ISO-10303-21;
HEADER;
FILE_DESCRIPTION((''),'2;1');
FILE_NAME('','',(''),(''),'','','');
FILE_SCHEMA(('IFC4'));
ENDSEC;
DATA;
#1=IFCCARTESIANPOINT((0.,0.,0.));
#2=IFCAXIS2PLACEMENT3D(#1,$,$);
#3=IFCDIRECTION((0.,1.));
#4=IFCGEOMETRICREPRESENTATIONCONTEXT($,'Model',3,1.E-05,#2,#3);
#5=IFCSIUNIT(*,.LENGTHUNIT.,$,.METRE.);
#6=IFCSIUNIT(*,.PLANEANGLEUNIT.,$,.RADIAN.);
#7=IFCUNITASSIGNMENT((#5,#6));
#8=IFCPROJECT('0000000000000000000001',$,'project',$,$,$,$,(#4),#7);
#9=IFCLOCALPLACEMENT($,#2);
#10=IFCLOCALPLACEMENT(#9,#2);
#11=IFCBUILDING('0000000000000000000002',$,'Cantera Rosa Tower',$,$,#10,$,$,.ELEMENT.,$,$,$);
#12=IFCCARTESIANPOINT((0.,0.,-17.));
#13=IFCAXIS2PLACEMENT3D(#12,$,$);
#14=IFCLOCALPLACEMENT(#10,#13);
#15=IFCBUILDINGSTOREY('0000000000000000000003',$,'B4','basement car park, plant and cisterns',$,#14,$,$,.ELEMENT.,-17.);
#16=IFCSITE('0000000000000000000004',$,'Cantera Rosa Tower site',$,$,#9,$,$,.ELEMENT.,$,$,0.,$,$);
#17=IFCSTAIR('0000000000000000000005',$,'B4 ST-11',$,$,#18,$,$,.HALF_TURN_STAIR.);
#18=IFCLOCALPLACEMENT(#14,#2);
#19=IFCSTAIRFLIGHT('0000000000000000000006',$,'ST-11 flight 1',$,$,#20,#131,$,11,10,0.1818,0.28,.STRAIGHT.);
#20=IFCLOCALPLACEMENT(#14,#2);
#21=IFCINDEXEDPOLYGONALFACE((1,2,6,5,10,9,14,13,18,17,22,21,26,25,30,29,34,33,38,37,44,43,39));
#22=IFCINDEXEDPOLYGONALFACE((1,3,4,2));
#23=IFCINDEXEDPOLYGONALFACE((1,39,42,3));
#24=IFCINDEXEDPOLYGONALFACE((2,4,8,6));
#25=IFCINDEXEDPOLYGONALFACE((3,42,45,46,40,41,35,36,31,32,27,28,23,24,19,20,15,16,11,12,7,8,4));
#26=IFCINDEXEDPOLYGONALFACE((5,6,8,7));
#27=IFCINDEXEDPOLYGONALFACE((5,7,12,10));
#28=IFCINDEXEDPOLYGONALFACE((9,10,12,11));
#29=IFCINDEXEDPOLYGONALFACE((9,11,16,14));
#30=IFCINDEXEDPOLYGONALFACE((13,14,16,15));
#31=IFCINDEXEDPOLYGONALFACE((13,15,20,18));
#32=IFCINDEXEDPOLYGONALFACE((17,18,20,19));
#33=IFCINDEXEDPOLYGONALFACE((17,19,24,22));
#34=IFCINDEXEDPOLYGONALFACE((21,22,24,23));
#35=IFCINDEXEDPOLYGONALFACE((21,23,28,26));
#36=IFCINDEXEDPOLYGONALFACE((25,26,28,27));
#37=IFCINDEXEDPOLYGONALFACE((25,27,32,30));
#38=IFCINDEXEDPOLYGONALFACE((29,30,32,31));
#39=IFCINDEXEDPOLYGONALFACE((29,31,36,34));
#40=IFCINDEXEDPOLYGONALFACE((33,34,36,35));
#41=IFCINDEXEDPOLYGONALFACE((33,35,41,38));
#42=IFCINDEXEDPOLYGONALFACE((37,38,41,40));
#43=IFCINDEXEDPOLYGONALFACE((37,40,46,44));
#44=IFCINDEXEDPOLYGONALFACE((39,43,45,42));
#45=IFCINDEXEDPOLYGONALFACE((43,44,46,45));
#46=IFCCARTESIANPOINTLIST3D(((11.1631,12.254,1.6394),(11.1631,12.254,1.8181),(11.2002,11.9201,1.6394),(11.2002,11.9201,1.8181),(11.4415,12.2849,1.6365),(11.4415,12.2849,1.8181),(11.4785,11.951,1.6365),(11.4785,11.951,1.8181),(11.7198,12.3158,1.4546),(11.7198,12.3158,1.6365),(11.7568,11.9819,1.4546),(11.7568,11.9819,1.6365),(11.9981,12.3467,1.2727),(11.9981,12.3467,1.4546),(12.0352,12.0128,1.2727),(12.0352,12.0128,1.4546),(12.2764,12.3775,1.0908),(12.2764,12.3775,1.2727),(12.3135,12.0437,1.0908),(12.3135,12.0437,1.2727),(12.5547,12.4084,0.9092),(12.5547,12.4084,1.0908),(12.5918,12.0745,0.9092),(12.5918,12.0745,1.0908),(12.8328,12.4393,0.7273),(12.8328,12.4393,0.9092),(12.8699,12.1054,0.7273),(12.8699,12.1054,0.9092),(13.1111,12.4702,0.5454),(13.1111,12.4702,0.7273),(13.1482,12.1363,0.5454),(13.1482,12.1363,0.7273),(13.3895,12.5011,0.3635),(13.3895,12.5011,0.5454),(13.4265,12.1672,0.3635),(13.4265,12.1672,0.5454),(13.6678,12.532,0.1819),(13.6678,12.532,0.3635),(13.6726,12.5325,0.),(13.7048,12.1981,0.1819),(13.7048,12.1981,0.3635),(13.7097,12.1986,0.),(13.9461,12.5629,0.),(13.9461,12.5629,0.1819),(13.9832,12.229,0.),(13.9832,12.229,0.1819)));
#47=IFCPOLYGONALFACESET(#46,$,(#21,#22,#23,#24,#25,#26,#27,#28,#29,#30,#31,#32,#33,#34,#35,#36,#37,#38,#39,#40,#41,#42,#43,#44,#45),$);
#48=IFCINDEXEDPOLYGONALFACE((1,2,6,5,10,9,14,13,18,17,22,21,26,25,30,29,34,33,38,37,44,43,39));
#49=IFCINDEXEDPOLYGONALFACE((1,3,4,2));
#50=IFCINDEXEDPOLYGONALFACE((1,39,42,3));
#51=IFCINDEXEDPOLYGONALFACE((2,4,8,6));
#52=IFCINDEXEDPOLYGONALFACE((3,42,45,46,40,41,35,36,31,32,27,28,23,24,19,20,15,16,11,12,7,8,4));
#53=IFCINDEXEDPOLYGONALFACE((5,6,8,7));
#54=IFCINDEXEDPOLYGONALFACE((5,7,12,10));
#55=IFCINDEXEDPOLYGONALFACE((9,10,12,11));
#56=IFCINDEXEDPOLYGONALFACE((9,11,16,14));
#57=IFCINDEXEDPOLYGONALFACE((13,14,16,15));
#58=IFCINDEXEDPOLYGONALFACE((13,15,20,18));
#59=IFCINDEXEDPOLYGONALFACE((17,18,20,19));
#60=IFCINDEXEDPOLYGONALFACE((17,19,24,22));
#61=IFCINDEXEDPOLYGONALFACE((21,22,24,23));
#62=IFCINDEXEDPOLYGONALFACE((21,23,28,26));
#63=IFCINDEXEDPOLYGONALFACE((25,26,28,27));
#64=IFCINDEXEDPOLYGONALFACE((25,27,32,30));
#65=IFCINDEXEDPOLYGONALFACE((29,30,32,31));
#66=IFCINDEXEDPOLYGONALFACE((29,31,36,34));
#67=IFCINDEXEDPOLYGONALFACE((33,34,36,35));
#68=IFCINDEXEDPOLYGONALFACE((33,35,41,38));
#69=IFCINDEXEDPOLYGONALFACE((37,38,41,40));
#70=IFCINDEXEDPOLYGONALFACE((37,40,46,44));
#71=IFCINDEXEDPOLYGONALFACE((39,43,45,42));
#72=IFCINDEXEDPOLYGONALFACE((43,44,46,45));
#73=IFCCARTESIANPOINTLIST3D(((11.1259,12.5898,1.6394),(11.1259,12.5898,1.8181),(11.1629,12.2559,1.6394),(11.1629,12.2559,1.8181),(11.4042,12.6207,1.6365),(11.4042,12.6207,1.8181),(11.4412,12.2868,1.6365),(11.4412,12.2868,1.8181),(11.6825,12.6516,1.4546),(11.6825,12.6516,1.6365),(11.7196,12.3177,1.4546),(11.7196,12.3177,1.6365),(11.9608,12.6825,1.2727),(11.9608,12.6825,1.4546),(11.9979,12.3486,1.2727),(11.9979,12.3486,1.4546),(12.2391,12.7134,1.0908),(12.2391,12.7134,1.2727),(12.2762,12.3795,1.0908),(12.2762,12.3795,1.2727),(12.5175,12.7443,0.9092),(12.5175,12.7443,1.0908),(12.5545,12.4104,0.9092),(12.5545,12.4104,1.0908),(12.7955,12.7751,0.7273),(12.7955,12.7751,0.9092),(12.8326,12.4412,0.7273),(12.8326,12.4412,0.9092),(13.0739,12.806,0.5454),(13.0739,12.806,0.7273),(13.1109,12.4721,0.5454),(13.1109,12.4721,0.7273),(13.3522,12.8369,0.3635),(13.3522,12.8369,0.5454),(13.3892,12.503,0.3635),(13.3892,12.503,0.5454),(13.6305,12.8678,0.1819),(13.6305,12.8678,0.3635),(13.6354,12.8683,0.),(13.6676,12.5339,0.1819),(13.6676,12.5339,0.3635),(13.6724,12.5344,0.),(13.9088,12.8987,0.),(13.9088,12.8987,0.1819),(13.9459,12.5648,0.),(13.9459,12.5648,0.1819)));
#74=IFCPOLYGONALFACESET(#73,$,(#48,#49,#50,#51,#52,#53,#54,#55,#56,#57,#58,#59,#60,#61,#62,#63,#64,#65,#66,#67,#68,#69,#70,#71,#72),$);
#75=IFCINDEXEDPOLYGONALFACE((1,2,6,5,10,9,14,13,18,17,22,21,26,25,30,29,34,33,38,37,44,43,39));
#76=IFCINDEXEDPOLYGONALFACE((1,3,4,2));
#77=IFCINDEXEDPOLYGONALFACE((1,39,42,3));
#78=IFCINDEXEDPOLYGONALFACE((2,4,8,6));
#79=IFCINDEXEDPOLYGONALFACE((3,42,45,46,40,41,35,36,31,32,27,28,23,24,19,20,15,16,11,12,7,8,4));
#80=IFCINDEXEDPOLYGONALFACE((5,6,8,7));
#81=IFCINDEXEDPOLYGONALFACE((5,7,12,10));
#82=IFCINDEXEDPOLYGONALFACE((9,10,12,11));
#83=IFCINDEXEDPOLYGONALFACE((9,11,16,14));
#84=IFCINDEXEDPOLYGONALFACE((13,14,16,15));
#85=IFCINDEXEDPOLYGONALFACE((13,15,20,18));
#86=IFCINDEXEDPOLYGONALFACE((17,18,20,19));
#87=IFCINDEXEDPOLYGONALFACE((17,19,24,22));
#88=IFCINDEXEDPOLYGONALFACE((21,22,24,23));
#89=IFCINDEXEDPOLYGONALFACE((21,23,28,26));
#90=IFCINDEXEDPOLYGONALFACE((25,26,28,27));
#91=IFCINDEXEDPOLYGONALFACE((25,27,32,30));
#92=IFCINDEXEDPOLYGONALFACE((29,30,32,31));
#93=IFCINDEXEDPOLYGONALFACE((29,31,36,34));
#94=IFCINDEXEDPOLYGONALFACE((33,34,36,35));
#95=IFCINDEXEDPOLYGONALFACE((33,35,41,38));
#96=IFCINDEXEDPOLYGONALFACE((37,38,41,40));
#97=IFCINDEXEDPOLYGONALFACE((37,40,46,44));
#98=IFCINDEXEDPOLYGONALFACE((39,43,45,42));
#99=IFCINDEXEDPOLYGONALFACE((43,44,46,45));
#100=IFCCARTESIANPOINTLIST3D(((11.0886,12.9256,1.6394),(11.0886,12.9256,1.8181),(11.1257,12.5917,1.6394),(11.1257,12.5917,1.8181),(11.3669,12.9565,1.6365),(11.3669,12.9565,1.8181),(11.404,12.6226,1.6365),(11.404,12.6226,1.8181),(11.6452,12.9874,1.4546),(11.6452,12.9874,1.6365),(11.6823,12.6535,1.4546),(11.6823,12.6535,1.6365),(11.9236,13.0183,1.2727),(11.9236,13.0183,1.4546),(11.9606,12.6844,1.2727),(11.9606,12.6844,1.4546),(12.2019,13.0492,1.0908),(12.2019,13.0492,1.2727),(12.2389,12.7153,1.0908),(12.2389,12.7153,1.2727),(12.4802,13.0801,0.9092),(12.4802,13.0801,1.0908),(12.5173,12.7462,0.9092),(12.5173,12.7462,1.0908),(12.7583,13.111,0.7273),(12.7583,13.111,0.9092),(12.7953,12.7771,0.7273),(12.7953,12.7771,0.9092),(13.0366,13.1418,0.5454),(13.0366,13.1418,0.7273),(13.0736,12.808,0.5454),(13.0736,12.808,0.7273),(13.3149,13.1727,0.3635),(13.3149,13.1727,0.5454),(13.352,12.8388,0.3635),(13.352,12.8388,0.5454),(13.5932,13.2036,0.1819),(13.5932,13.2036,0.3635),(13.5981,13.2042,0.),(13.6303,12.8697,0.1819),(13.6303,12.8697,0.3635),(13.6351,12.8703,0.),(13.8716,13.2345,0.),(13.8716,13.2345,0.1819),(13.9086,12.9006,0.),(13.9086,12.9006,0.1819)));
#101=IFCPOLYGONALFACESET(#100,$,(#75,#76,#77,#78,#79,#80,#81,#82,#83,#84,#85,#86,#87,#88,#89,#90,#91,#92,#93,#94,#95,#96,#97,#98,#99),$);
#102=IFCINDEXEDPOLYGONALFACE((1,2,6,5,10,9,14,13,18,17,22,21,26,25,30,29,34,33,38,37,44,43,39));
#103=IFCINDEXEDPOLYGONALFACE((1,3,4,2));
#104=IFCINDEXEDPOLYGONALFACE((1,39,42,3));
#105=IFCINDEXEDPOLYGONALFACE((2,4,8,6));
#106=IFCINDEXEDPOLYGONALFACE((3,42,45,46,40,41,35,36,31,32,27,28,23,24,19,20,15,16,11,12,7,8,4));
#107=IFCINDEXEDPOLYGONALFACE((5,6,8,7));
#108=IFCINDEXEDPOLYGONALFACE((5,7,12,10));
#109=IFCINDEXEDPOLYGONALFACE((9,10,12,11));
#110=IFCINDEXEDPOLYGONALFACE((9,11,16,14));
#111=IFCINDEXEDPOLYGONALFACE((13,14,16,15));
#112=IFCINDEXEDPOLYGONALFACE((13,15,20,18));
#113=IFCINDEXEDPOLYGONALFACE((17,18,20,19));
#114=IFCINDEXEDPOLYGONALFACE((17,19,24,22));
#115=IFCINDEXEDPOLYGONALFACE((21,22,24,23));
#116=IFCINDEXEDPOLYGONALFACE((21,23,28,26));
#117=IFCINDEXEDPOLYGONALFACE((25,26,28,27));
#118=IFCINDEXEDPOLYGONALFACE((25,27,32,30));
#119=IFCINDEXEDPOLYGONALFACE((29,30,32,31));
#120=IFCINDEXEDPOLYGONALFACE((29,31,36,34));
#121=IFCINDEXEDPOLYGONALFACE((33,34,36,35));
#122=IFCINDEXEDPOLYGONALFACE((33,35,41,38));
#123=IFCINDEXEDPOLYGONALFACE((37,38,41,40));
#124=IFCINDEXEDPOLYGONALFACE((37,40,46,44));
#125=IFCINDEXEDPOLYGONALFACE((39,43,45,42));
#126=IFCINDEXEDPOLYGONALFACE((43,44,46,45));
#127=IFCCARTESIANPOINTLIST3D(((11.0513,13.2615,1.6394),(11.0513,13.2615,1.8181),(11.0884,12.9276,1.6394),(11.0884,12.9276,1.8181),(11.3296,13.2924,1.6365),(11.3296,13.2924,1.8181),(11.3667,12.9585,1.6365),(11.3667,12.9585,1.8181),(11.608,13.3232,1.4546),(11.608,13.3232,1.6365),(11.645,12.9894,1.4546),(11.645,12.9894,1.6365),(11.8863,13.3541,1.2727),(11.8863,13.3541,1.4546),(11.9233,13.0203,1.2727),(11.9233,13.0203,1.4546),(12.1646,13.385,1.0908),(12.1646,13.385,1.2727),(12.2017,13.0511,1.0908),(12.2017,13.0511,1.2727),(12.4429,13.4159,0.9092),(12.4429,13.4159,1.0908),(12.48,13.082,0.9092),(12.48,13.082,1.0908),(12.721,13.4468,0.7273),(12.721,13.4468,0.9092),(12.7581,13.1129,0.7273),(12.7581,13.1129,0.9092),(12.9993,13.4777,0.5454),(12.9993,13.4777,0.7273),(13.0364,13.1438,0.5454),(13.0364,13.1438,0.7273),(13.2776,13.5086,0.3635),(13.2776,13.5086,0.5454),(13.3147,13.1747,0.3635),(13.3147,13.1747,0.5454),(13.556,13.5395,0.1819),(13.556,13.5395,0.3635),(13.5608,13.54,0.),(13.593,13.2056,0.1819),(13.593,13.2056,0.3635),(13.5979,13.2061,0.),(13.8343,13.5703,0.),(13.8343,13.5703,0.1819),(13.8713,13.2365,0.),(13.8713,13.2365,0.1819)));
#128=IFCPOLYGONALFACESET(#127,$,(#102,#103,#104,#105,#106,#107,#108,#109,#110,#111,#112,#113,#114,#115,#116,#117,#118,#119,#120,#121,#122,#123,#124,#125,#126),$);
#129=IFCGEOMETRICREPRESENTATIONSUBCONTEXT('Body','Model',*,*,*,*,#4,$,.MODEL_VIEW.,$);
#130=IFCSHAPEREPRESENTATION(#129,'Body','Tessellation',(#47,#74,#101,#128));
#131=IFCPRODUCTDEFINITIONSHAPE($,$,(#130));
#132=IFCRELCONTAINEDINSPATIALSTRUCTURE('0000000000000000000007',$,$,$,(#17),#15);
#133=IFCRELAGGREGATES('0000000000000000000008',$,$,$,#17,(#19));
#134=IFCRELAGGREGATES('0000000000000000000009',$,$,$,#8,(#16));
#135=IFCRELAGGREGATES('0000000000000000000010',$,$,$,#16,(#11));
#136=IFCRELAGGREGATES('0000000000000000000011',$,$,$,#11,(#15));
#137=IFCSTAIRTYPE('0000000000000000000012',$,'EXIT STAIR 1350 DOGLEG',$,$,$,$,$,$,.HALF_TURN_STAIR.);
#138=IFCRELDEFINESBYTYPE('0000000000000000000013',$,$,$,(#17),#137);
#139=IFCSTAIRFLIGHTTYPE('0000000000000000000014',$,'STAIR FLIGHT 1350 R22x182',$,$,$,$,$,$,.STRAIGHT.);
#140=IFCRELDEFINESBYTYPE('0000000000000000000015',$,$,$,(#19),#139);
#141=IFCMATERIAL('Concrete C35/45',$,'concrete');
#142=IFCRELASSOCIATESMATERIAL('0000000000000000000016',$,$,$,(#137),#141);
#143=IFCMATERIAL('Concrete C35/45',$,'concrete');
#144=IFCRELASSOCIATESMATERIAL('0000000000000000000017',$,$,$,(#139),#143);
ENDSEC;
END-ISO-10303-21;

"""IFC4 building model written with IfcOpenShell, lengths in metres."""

from ifc_helpers import new_model, si_unit, direction, frame, origin, place, context, subcontext, project, spatial, polyline, outline, extrude, material, type_object, element, aggregate, save


model = new_model("IFC4")

# Units and contexts
model_context = context("Model", 3, precision=1e-05, world=origin(), true_north=direction((0.0, 1.0)))
body_context = subcontext(model_context, "Body", "Model", "MODEL_VIEW")
ifc_project = project(units=[si_unit("LENGTHUNIT", "METRE"), si_unit("PLANEANGLEUNIT", "RADIAN")], contexts=[model_context])

# Site, building, storey
site_placement = place(None, origin())
site = spatial("IfcSite", under=ifc_project, at=site_placement, Name="Cantera Rosa Tower site", CompositionType="ELEMENT", RefElevation=0.0)
building_placement = place(site_placement, origin())
building = spatial("IfcBuilding", under=site, at=building_placement, Name="Cantera Rosa Tower", CompositionType="ELEMENT")
storey_placement = place(building_placement, frame((0.0, 0.0, -17.0)))
storey = spatial("IfcBuildingStorey", under=building, at=storey_placement, Name="B4", Description="basement car park, plant and cisterns", CompositionType="ELEMENT", Elevation=-17.0)

# Stair, stair flight
ifc_material_1 = material(Name="Concrete C35/45", Category="concrete")
stair_type = type_object("IfcStairType", Name="EXIT STAIR 1350 DOGLEG", PredefinedType="HALF_TURN_STAIR", material=ifc_material_1)
stair_placement = place(storey_placement, origin())
stair = element("IfcStair", 1, at=stair_placement, inside=storey, type_object=stair_type, Name="B4 ST-11", PredefinedType="HALF_TURN_STAIR")
ifc_material_2 = material(Name="Concrete C35/45", Category="concrete")
stair_flight_type = type_object("IfcStairFlightType", Name="STAIR FLIGHT 1350 R22x182", PredefinedType="STRAIGHT", material=ifc_material_2)
stair_flight_placement = place(storey_placement, frame((13.9087, 12.8999, 0.0), z_axis=(0.0, 0.0, 1.0), x_axis=(-0.993897, -0.110313, 0.0)))
stair_flight = element("IfcStairFlight", 2, at=stair_flight_placement, type_object=stair_flight_type, Name="ST-11 flight 1", NumberOfRisers=11, NumberOfTreads=10, PredefinedType="STRAIGHT", RiserHeight=0.1818, TreadLength=0.28, context=body_context, shape_type="SweptSolid", body=[
    extrude(outline(polyline([(0.0, 0.0), (0.0, 0.1819), (0.28, 0.1819), (0.28, 0.3635), (0.5601, 0.3635), (0.5601, 0.5454), (0.8401, 0.5454), (0.8401, 0.7273), (1.1201, 0.7273), (1.1201, 0.9092), (1.3999, 0.9092), (1.3999, 1.0908), (1.6799, 1.0908), (1.6799, 1.2727), (1.96, 1.2727), (1.96, 1.4546), (2.24, 1.4546), (2.24, 1.6365), (2.52, 1.6365), (2.52, 1.8181), (2.8, 1.8181), (2.8, 2.0), (2.8, 1.6394), (0.2751, 0.0), (0.0, 0.0)])), frame((0.0, 0.675, 0.0), z_axis=(0.0, -1.0, 0.0), x_axis=(1.0, 0.0, 0.0)), (0.0, 0.0, 1.0), 0.3359),
    extrude(outline(polyline([(0.0, 0.0), (0.0, 0.1819), (0.28, 0.1819), (0.28, 0.3635), (0.5601, 0.3635), (0.5601, 0.5454), (0.8401, 0.5454), (0.8401, 0.7273), (1.1201, 0.7273), (1.1201, 0.9092), (1.3999, 0.9092), (1.3999, 1.0908), (1.6799, 1.0908), (1.6799, 1.2727), (1.96, 1.2727), (1.96, 1.4546), (2.24, 1.4546), (2.24, 1.6365), (2.52, 1.6365), (2.52, 1.8181), (2.8, 1.8181), (2.8, 2.0), (2.8, 1.6394), (0.2751, 0.0), (0.0, 0.0)])), frame((0.0, 0.3372, 0.0), z_axis=(0.0, -1.0, 0.0), x_axis=(1.0, 0.0, 0.0)), (0.0, 0.0, 1.0), 0.3359),
    extrude(outline(polyline([(0.0, 0.0), (0.0, 0.1819), (0.28, 0.1819), (0.28, 0.3635), (0.5601, 0.3635), (0.5601, 0.5454), (0.8401, 0.5454), (0.8401, 0.7273), (1.1201, 0.7273), (1.1201, 0.9092), (1.3999, 0.9092), (1.3999, 1.0908), (1.6799, 1.0908), (1.6799, 1.2727), (1.96, 1.2727), (1.96, 1.4546), (2.24, 1.4546), (2.24, 1.6365), (2.52, 1.6365), (2.52, 1.8181), (2.8, 1.8181), (2.8, 2.0), (2.8, 1.6394), (0.2751, 0.0), (0.0, 0.0)])), frame((0.0, -0.0007, 0.0), z_axis=(0.0, -1.0, 0.0), x_axis=(1.0, 0.0, 0.0)), (0.0, 0.0, 1.0), 0.3359),
    extrude(outline(polyline([(0.0, 0.0), (0.0, 0.1819), (0.28, 0.1819), (0.28, 0.3635), (0.5601, 0.3635), (0.5601, 0.5454), (0.8401, 0.5454), (0.8401, 0.7273), (1.1201, 0.7273), (1.1201, 0.9092), (1.3999, 0.9092), (1.3999, 1.0908), (1.6799, 1.0908), (1.6799, 1.2727), (1.96, 1.2727), (1.96, 1.4546), (2.24, 1.4546), (2.24, 1.6365), (2.52, 1.6365), (2.52, 1.8181), (2.8, 1.8181), (2.8, 2.0), (2.8, 1.6394), (0.2751, 0.0), (0.0, 0.0)])), frame((0.0, -0.3386, 0.0), z_axis=(0.0, -1.0, 0.0), x_axis=(1.0, 0.0, 0.0)), (0.0, 0.0, 1.0), 0.3359),
])
aggregate(stair, [stair_flight])

save(model, "model.ifc")
